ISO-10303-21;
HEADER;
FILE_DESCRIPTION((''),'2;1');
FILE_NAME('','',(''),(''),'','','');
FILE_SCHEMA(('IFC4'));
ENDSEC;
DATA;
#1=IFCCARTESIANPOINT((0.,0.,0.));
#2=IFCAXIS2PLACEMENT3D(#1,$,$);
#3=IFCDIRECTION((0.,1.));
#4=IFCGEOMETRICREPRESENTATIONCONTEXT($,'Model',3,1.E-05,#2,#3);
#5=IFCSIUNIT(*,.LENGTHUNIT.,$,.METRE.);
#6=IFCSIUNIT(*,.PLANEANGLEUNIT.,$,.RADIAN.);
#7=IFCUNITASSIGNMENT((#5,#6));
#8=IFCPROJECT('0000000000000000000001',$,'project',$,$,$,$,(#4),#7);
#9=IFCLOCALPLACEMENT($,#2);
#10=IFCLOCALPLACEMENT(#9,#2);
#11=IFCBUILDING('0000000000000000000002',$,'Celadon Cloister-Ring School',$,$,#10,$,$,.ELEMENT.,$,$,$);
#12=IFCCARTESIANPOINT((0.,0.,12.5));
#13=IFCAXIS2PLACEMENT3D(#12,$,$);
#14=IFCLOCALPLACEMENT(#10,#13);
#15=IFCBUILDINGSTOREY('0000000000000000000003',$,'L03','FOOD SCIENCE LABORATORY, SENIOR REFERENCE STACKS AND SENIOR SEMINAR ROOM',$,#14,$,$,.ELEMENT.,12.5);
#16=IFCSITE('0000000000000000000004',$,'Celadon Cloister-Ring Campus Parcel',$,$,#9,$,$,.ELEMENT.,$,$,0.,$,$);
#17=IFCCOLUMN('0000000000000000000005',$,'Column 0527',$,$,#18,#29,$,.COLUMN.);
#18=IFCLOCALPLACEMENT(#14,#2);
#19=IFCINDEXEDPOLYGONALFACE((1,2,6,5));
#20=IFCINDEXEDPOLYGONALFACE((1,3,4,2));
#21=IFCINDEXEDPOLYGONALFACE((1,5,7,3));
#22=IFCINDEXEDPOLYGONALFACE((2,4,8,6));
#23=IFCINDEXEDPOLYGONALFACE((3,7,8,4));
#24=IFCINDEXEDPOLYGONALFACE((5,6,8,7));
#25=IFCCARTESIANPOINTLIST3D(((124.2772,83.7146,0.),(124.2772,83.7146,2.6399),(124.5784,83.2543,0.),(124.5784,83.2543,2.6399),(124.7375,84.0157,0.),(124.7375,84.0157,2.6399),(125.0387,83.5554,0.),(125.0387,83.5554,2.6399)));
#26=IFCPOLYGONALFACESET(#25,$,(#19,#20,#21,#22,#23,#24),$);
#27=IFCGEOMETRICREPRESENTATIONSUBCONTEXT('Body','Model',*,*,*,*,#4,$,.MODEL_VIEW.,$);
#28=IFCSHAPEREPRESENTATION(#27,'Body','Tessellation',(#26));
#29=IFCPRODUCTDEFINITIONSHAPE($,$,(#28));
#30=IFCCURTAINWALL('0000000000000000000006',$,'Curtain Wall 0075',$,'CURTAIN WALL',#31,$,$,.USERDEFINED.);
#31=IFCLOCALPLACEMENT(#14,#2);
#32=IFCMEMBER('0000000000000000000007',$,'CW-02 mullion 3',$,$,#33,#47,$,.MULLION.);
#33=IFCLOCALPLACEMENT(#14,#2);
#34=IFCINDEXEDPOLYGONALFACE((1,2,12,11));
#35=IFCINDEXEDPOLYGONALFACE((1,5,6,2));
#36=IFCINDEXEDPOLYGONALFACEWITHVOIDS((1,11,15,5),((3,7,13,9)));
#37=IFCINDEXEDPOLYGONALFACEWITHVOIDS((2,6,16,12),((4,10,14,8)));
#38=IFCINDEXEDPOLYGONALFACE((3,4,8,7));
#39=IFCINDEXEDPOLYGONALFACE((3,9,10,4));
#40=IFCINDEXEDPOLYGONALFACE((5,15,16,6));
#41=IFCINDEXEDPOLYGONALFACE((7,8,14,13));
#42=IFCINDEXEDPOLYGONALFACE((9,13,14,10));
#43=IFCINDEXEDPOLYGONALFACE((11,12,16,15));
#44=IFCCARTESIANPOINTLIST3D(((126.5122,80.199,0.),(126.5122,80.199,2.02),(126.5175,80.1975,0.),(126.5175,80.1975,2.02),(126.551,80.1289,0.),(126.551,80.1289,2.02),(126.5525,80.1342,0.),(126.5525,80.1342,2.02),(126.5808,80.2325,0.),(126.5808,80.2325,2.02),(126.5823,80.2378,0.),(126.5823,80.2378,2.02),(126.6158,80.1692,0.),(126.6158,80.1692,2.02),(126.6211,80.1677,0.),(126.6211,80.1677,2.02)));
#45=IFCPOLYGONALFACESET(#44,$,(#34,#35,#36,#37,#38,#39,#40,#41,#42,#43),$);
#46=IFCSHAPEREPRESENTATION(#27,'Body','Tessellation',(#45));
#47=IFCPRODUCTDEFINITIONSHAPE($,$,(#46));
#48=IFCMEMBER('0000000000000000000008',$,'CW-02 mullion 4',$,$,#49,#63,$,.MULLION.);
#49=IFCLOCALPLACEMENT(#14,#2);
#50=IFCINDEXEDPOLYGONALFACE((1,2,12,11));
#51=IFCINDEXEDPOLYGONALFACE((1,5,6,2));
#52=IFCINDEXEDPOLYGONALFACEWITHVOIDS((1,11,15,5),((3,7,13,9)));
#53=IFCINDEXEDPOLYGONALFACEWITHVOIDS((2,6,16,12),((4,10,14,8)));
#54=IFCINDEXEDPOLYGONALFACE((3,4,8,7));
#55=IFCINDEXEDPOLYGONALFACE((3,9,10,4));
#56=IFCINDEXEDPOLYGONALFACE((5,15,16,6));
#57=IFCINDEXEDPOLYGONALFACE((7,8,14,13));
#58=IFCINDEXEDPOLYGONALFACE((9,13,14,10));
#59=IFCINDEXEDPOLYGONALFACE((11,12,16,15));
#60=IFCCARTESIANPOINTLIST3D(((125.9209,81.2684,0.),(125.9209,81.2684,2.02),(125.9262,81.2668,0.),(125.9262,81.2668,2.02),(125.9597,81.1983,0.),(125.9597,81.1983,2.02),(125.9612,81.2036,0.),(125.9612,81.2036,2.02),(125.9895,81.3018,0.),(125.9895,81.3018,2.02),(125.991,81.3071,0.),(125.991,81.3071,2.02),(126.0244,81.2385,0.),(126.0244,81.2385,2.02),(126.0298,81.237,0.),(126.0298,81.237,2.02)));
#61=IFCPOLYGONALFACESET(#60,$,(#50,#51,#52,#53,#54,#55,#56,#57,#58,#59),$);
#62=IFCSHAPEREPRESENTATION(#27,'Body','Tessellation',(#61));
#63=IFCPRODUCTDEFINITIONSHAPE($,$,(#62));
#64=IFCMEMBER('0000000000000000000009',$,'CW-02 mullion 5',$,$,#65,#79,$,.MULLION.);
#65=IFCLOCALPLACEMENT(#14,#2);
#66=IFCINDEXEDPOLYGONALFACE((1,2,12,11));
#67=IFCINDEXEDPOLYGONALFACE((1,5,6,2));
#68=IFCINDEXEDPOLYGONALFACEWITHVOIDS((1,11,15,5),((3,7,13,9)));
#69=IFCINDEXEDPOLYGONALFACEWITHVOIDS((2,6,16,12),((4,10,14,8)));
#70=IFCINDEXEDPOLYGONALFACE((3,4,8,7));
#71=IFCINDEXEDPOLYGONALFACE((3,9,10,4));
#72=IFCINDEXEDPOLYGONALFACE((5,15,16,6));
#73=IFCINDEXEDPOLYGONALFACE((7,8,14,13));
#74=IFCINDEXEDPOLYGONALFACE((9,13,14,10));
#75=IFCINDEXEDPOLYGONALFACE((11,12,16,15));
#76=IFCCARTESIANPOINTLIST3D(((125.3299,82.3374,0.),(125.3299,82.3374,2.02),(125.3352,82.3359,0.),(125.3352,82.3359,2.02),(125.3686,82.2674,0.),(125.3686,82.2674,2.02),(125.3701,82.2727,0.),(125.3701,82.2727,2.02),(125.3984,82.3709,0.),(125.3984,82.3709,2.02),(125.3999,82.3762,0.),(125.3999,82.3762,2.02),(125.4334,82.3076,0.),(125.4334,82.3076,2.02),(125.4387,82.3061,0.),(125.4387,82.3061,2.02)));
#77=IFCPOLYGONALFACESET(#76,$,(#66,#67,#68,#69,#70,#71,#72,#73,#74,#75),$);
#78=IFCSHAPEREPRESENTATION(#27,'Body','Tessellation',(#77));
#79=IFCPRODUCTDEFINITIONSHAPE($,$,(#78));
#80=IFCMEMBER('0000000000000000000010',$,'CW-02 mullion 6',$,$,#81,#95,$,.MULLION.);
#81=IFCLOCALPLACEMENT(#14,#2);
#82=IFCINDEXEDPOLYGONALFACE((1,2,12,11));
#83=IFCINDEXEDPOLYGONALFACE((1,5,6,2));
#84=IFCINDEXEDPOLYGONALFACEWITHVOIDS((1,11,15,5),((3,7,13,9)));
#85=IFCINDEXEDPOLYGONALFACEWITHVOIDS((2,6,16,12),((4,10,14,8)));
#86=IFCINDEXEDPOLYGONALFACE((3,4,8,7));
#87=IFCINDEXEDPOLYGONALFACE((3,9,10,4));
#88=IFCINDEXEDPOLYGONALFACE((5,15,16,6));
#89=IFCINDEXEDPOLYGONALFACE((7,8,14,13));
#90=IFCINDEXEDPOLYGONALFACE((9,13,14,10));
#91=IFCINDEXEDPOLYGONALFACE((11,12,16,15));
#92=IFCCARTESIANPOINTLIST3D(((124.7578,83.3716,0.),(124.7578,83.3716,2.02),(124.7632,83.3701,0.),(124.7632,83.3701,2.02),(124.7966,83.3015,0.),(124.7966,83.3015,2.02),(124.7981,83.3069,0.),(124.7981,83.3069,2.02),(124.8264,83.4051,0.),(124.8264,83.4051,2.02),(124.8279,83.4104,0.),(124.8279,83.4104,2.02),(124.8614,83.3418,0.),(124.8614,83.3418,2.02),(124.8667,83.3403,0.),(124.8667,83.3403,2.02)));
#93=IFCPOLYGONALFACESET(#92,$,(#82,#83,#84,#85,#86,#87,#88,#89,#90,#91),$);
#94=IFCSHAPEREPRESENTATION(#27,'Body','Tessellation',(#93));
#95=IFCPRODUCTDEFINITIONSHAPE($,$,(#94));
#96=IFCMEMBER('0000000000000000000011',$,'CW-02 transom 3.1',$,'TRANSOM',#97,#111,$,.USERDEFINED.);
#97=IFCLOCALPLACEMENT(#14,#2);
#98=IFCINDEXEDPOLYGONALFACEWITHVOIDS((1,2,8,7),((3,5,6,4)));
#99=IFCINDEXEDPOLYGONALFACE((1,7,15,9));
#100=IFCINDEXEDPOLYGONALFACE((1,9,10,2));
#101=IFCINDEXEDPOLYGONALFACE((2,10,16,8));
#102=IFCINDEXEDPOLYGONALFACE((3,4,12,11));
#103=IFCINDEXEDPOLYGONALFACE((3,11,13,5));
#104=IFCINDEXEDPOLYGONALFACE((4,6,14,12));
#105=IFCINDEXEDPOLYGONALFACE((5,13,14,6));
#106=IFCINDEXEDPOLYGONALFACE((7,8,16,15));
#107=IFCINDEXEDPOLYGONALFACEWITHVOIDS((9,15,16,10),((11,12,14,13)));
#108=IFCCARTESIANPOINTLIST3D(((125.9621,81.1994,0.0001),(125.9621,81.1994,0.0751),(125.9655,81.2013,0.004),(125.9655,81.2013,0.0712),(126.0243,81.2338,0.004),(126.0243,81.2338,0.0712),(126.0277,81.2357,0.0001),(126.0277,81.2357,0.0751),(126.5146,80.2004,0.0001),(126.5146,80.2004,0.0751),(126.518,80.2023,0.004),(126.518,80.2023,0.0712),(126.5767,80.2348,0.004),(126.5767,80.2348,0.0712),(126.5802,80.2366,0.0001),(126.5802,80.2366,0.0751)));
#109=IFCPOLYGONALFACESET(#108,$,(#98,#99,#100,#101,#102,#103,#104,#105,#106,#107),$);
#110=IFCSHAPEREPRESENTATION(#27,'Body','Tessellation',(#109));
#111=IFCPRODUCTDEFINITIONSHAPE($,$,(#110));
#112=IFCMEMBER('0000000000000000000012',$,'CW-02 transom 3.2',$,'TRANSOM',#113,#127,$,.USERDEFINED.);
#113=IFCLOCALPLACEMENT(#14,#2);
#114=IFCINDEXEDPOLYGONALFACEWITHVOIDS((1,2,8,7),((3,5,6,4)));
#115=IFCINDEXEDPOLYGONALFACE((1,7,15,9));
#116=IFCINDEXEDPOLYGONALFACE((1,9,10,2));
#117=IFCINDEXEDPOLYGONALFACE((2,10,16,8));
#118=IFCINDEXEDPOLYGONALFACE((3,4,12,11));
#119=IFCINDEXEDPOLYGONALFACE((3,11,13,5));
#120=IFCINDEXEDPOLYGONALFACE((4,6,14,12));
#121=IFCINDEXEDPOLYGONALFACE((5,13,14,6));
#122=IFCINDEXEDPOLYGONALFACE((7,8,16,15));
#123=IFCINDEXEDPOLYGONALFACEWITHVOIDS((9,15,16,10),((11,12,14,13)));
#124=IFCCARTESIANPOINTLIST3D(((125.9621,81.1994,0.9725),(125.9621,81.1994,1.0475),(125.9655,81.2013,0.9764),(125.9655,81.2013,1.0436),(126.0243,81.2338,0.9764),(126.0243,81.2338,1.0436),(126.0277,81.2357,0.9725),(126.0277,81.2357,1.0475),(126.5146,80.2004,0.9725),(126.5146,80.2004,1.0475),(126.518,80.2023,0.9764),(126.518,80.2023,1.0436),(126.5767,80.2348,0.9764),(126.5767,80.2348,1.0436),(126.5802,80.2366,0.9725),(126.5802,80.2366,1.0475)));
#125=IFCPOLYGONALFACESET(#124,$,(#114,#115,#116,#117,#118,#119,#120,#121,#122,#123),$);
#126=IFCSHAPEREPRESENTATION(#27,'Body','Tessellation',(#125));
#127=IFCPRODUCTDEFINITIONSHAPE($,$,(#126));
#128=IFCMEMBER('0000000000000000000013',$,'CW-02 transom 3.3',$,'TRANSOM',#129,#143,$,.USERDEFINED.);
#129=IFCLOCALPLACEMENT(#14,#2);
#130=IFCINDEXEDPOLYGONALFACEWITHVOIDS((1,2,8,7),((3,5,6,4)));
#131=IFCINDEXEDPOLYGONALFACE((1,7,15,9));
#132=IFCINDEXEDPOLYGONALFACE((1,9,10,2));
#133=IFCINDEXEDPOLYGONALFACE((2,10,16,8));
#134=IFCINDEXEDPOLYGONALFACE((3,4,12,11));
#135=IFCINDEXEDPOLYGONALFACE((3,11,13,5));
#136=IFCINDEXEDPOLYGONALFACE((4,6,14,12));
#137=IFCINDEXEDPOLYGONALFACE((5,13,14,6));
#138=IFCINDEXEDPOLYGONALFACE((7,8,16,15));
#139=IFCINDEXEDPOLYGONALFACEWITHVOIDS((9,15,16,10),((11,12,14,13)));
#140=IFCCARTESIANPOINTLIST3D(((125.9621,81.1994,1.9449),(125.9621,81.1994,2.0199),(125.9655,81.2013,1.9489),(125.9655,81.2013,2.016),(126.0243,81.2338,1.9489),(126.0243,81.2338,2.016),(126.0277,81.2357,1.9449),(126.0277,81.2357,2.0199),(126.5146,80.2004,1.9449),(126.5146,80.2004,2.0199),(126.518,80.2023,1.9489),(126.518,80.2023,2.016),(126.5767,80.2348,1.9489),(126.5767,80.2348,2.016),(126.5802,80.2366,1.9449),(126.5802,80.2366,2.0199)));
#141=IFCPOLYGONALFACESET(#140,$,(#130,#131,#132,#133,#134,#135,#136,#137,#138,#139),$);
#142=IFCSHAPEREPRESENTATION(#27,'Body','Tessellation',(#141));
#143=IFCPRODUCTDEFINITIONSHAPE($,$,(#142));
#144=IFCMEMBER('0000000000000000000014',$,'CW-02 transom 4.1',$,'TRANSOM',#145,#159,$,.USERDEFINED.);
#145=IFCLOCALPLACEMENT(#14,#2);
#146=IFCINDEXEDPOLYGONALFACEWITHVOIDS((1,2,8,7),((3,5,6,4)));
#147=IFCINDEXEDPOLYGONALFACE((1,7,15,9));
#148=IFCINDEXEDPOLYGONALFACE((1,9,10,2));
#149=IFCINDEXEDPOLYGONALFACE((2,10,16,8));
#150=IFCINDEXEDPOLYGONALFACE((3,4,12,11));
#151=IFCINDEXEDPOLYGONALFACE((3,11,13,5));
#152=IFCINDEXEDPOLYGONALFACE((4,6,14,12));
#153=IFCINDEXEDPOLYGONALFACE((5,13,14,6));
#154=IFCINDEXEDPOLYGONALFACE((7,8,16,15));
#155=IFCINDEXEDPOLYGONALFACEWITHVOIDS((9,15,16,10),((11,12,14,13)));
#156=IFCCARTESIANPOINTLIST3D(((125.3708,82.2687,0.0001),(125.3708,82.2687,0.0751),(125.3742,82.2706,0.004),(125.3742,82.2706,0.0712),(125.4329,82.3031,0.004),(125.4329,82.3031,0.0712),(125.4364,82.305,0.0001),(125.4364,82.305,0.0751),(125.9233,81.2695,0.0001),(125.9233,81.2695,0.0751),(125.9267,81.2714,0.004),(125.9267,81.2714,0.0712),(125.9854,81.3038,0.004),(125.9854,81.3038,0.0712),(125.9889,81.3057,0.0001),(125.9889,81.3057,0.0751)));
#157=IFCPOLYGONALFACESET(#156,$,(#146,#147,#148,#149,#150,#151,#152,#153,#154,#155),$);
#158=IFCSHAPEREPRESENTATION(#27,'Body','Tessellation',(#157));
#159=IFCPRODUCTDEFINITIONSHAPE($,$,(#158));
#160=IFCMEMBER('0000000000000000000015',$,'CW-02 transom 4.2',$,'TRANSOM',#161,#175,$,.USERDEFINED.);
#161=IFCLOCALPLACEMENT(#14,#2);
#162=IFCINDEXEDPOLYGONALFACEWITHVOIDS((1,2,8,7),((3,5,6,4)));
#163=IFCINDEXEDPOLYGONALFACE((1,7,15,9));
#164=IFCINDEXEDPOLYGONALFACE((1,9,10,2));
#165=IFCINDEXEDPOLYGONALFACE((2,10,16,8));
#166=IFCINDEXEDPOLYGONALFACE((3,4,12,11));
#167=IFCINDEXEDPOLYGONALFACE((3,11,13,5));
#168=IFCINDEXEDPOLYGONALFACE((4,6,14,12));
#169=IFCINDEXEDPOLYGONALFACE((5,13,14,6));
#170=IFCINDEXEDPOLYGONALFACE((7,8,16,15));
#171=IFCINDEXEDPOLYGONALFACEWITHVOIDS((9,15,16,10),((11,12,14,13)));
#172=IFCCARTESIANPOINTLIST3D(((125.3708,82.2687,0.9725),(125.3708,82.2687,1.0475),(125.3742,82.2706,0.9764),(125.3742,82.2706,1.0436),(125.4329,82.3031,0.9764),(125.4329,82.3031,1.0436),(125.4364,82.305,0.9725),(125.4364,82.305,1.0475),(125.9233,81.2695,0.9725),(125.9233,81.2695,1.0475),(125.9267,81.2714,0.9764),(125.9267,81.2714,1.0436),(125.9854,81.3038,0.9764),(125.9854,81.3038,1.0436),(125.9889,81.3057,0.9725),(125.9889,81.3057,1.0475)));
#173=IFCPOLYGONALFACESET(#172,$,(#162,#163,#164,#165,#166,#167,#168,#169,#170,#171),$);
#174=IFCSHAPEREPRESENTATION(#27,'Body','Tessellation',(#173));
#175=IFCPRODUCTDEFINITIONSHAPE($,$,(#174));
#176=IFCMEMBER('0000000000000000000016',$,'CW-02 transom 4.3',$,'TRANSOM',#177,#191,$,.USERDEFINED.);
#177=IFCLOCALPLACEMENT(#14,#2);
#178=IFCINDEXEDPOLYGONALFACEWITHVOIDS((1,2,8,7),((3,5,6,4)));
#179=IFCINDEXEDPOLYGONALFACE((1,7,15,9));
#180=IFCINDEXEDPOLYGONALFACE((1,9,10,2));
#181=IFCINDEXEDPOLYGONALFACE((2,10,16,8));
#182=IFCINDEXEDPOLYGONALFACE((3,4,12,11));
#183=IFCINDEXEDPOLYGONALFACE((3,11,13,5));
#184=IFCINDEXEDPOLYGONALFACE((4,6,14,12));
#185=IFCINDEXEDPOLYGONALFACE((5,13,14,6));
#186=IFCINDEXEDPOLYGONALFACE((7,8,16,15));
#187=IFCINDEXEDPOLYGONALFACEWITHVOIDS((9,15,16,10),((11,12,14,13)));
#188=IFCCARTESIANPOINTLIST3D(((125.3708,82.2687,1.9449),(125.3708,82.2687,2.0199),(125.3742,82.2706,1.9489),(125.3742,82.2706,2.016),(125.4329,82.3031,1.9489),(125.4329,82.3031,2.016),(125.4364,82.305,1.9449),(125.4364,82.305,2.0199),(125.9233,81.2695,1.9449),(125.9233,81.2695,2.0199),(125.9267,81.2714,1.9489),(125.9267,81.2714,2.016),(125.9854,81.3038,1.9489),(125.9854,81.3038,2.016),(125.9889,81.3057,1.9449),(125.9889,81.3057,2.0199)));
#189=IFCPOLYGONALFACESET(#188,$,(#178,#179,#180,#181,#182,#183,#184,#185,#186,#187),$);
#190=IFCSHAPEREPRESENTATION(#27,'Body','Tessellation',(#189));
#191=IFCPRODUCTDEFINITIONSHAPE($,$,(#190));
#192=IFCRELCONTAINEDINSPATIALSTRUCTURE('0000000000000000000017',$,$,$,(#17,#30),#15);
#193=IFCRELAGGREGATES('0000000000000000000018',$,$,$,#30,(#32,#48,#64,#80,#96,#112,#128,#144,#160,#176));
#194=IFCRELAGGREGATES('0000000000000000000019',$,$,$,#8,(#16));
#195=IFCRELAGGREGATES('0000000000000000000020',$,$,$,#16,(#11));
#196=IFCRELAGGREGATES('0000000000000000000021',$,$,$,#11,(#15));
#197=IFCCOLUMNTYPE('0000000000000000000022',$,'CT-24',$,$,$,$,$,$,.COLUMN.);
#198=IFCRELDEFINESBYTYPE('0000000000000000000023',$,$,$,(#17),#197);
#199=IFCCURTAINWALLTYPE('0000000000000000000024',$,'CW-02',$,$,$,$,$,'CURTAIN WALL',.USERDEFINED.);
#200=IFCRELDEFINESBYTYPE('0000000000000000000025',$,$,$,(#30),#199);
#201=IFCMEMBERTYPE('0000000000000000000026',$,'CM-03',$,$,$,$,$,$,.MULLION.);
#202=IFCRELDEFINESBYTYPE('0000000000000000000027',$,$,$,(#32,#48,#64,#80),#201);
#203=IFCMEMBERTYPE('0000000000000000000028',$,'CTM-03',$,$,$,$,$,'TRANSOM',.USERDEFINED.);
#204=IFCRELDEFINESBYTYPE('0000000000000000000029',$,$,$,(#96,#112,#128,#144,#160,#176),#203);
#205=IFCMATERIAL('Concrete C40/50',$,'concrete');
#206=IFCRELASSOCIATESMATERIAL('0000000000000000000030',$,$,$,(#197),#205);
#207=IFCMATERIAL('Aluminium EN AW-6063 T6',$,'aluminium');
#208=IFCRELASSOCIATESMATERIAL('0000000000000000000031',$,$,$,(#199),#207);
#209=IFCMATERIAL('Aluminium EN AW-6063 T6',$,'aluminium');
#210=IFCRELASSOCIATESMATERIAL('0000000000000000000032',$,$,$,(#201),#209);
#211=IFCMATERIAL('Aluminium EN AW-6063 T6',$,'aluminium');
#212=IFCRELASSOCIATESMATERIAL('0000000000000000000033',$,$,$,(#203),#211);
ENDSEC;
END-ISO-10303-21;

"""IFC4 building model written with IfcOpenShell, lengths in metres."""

from ifc_helpers import new_model, si_unit, direction, frame, origin, origin_2d, place, context, subcontext, project, spatial, rectangle, hollow_rectangle, extrude, material, material_profile, profile_set, type_object, element, aggregate, save


model = new_model("IFC4")

# Units and contexts
model_context = context("Model", 3, precision=1e-05, world=origin(), true_north=direction((0.0, 1.0)))
body_context = subcontext(model_context, "Body", "Model", "MODEL_VIEW")
ifc_project = project(units=[si_unit("LENGTHUNIT", "METRE"), si_unit("PLANEANGLEUNIT", "RADIAN")], contexts=[model_context])

# Site, building, storey
site_placement = place(None, origin())
site = spatial("IfcSite", under=ifc_project, at=site_placement, Name="Celadon Cloister-Ring Campus Parcel", CompositionType="ELEMENT", RefElevation=0.0)
building_placement = place(site_placement, origin())
building = spatial("IfcBuilding", under=site, at=building_placement, Name="Celadon Cloister-Ring School", CompositionType="ELEMENT")
storey_placement = place(building_placement, frame((0.0, 0.0, 12.5)))
storey = spatial("IfcBuildingStorey", under=building, at=storey_placement, Name="L03", Description="FOOD SCIENCE LABORATORY, SENIOR REFERENCE STACKS AND SENIOR SEMINAR ROOM", CompositionType="ELEMENT", Elevation=12.5)

# Column
ifc_material_1 = material(Name="Concrete C40/50", Category="concrete")
ifc_material_profile_1 = material_profile(ifc_material_1, rectangle(XDim=0.55, YDim=0.55, at=origin_2d()), Name="RC550X550")
ifc_profile_set_1 = profile_set([ifc_material_profile_1], Name="Concrete C40/50")
column_type = type_object("IfcColumnType", Name="CT-24", PredefinedType="COLUMN", material=ifc_profile_set_1)
column_placement = place(storey_placement, frame((124.658, 83.635, 0.0), z_axis=(0.0, 0.0, 1.0), x_axis=(0.836841, 0.547446, 0.0)))
element("IfcColumn", 1, at=column_placement, inside=storey, type_object=column_type, Name="Column 0527", PredefinedType="COLUMN", context=body_context, shape_type="SweptSolid", body=[
    extrude(rectangle(XDim=0.55, YDim=0.55, at=origin_2d()), origin(), (0.0, 0.0, 1.0), 2.6399),
])

# Curtain wall, members
ifc_material_2 = material(Name="Aluminium EN AW-6063 T6", Category="aluminium")
curtain_wall_type = type_object("IfcCurtainWallType", Name="CW-02", ElementType="CURTAIN WALL", PredefinedType="USERDEFINED", material=ifc_material_2)
curtain_wall_placement = place(storey_placement, origin())
curtain_wall = element("IfcCurtainWall", 2, at=curtain_wall_placement, inside=storey, type_object=curtain_wall_type, Name="Curtain Wall 0075", ObjectType="CURTAIN WALL", PredefinedType="USERDEFINED")
ifc_material_3 = material(Name="Aluminium EN AW-6063 T6", Category="aluminium")
ifc_material_profile_2 = material_profile(ifc_material_3, hollow_rectangle(XDim=0.0801, YDim=0.0801, WallThickness=0.0039, at=origin_2d()), Name="RHS80X80X4")
ifc_profile_set_2 = profile_set([ifc_material_profile_2], Name="Aluminium EN AW-6063 T6")
member_type_1 = type_object("IfcMemberType", Name="CM-03", PredefinedType="MULLION", material=ifc_profile_set_2)
member_1_placement = place(storey_placement, frame((126.5667, 80.1833, 0.0), z_axis=(0.0, 0.0, 1.0), x_axis=(-0.875128, -0.483891, 0.0)))
member_1 = element("IfcMember", 3, at=member_1_placement, type_object=member_type_1, Name="CW-02 mullion 3", PredefinedType="MULLION", context=body_context, shape_type="SweptSolid", body=[
    extrude(hollow_rectangle(XDim=0.0801, YDim=0.0801, WallThickness=0.0039, at=origin_2d()), origin(), (0.0, 0.0, 1.0), 2.02),
])
member_2_placement = place(storey_placement, frame((125.9753, 81.2527, 0.0), z_axis=(0.0, 0.0, 1.0), x_axis=(-0.875128, -0.483891, 0.0)))
member_2 = element("IfcMember", 4, at=member_2_placement, type_object=member_type_1, Name="CW-02 mullion 4", PredefinedType="MULLION", context=body_context, shape_type="SweptSolid", body=[
    extrude(hollow_rectangle(XDim=0.0801, YDim=0.0801, WallThickness=0.0039, at=origin_2d()), origin(), (0.0, 0.0, 1.0), 2.02),
])
member_3_placement = place(storey_placement, frame((125.3843, 82.3218, 0.0), z_axis=(0.0, 0.0, 1.0), x_axis=(-0.875128, -0.483891, 0.0)))
member_3 = element("IfcMember", 5, at=member_3_placement, type_object=member_type_1, Name="CW-02 mullion 5", PredefinedType="MULLION", context=body_context, shape_type="SweptSolid", body=[
    extrude(hollow_rectangle(XDim=0.0801, YDim=0.0801, WallThickness=0.0039, at=origin_2d()), origin(), (0.0, 0.0, 1.0), 2.02),
])
member_4_placement = place(storey_placement, frame((124.8123, 83.356, 0.0), z_axis=(0.0, 0.0, 1.0), x_axis=(-0.875128, -0.483891, 0.0)))
member_4 = element("IfcMember", 6, at=member_4_placement, type_object=member_type_1, Name="CW-02 mullion 6", PredefinedType="MULLION", context=body_context, shape_type="SweptSolid", body=[
    extrude(hollow_rectangle(XDim=0.0801, YDim=0.0801, WallThickness=0.0039, at=origin_2d()), origin(), (0.0, 0.0, 1.0), 2.02),
])
ifc_material_4 = material(Name="Aluminium EN AW-6063 T6", Category="aluminium")
ifc_material_profile_3 = material_profile(ifc_material_4, hollow_rectangle(XDim=0.075, YDim=0.075, WallThickness=0.0039, at=origin_2d()), Name="RHS75X75X4")
ifc_profile_set_3 = profile_set([ifc_material_profile_3], Name="Aluminium EN AW-6063 T6")
member_type_2 = type_object("IfcMemberType", Name="CTM-03", ElementType="TRANSOM", PredefinedType="USERDEFINED", material=ifc_profile_set_3)
member_5_placement = place(storey_placement, frame((126.5474, 80.2185, 0.0376), z_axis=(-0.483953, 0.875094, 0.0), x_axis=(-0.875094, -0.483953, 0.0)))
member_5 = element("IfcMember", 7, at=member_5_placement, type_object=member_type_2, Name="CW-02 transom 3.1", ObjectType="TRANSOM", PredefinedType="USERDEFINED", context=body_context, shape_type="SweptSolid", body=[
    extrude(hollow_rectangle(XDim=0.075, YDim=0.075, WallThickness=0.0039, at=origin_2d()), origin(), (0.0, 0.0, 1.0), 1.1416),
])
member_6_placement = place(storey_placement, frame((126.5474, 80.2185, 1.01), z_axis=(-0.483953, 0.875094, 0.0), x_axis=(-0.875094, -0.483953, 0.0)))
member_6 = element("IfcMember", 8, at=member_6_placement, type_object=member_type_2, Name="CW-02 transom 3.2", ObjectType="TRANSOM", PredefinedType="USERDEFINED", context=body_context, shape_type="SweptSolid", body=[
    extrude(hollow_rectangle(XDim=0.075, YDim=0.075, WallThickness=0.0039, at=origin_2d()), origin(), (0.0, 0.0, 1.0), 1.1416),
])
member_7_placement = place(storey_placement, frame((126.5474, 80.2185, 1.9824), z_axis=(-0.483953, 0.875094, 0.0), x_axis=(-0.875094, -0.483953, 0.0)))
member_7 = element("IfcMember", 9, at=member_7_placement, type_object=member_type_2, Name="CW-02 transom 3.3", ObjectType="TRANSOM", PredefinedType="USERDEFINED", context=body_context, shape_type="SweptSolid", body=[
    extrude(hollow_rectangle(XDim=0.075, YDim=0.075, WallThickness=0.0039, at=origin_2d()), origin(), (0.0, 0.0, 1.0), 1.1416),
])
member_8_placement = place(storey_placement, frame((125.9561, 81.2876, 0.0376), z_axis=(-0.483863, 0.875144, 0.0), x_axis=(-0.875144, -0.483863, 0.0)))
member_8 = element("IfcMember", 10, at=member_8_placement, type_object=member_type_2, Name="CW-02 transom 4.1", ObjectType="TRANSOM", PredefinedType="USERDEFINED", context=body_context, shape_type="SweptSolid", body=[
    extrude(hollow_rectangle(XDim=0.075, YDim=0.075, WallThickness=0.0039, at=origin_2d()), origin(), (0.0, 0.0, 1.0), 1.1418),
])
member_9_placement = place(storey_placement, frame((125.9561, 81.2876, 1.01), z_axis=(-0.483863, 0.875144, 0.0), x_axis=(-0.875144, -0.483863, 0.0)))
member_9 = element("IfcMember", 11, at=member_9_placement, type_object=member_type_2, Name="CW-02 transom 4.2", ObjectType="TRANSOM", PredefinedType="USERDEFINED", context=body_context, shape_type="SweptSolid", body=[
    extrude(hollow_rectangle(XDim=0.075, YDim=0.075, WallThickness=0.0039, at=origin_2d()), origin(), (0.0, 0.0, 1.0), 1.1418),
])
member_10_placement = place(storey_placement, frame((125.9561, 81.2876, 1.9824), z_axis=(-0.483863, 0.875144, 0.0), x_axis=(-0.875144, -0.483863, 0.0)))
member_10 = element("IfcMember", 12, at=member_10_placement, type_object=member_type_2, Name="CW-02 transom 4.3", ObjectType="TRANSOM", PredefinedType="USERDEFINED", context=body_context, shape_type="SweptSolid", body=[
    extrude(hollow_rectangle(XDim=0.075, YDim=0.075, WallThickness=0.0039, at=origin_2d()), origin(), (0.0, 0.0, 1.0), 1.1418),
])
aggregate(curtain_wall, [member_1, member_2, member_3, member_4, member_5, member_6, member_7, member_8, member_9, member_10])

save(model, "model.ifc")
